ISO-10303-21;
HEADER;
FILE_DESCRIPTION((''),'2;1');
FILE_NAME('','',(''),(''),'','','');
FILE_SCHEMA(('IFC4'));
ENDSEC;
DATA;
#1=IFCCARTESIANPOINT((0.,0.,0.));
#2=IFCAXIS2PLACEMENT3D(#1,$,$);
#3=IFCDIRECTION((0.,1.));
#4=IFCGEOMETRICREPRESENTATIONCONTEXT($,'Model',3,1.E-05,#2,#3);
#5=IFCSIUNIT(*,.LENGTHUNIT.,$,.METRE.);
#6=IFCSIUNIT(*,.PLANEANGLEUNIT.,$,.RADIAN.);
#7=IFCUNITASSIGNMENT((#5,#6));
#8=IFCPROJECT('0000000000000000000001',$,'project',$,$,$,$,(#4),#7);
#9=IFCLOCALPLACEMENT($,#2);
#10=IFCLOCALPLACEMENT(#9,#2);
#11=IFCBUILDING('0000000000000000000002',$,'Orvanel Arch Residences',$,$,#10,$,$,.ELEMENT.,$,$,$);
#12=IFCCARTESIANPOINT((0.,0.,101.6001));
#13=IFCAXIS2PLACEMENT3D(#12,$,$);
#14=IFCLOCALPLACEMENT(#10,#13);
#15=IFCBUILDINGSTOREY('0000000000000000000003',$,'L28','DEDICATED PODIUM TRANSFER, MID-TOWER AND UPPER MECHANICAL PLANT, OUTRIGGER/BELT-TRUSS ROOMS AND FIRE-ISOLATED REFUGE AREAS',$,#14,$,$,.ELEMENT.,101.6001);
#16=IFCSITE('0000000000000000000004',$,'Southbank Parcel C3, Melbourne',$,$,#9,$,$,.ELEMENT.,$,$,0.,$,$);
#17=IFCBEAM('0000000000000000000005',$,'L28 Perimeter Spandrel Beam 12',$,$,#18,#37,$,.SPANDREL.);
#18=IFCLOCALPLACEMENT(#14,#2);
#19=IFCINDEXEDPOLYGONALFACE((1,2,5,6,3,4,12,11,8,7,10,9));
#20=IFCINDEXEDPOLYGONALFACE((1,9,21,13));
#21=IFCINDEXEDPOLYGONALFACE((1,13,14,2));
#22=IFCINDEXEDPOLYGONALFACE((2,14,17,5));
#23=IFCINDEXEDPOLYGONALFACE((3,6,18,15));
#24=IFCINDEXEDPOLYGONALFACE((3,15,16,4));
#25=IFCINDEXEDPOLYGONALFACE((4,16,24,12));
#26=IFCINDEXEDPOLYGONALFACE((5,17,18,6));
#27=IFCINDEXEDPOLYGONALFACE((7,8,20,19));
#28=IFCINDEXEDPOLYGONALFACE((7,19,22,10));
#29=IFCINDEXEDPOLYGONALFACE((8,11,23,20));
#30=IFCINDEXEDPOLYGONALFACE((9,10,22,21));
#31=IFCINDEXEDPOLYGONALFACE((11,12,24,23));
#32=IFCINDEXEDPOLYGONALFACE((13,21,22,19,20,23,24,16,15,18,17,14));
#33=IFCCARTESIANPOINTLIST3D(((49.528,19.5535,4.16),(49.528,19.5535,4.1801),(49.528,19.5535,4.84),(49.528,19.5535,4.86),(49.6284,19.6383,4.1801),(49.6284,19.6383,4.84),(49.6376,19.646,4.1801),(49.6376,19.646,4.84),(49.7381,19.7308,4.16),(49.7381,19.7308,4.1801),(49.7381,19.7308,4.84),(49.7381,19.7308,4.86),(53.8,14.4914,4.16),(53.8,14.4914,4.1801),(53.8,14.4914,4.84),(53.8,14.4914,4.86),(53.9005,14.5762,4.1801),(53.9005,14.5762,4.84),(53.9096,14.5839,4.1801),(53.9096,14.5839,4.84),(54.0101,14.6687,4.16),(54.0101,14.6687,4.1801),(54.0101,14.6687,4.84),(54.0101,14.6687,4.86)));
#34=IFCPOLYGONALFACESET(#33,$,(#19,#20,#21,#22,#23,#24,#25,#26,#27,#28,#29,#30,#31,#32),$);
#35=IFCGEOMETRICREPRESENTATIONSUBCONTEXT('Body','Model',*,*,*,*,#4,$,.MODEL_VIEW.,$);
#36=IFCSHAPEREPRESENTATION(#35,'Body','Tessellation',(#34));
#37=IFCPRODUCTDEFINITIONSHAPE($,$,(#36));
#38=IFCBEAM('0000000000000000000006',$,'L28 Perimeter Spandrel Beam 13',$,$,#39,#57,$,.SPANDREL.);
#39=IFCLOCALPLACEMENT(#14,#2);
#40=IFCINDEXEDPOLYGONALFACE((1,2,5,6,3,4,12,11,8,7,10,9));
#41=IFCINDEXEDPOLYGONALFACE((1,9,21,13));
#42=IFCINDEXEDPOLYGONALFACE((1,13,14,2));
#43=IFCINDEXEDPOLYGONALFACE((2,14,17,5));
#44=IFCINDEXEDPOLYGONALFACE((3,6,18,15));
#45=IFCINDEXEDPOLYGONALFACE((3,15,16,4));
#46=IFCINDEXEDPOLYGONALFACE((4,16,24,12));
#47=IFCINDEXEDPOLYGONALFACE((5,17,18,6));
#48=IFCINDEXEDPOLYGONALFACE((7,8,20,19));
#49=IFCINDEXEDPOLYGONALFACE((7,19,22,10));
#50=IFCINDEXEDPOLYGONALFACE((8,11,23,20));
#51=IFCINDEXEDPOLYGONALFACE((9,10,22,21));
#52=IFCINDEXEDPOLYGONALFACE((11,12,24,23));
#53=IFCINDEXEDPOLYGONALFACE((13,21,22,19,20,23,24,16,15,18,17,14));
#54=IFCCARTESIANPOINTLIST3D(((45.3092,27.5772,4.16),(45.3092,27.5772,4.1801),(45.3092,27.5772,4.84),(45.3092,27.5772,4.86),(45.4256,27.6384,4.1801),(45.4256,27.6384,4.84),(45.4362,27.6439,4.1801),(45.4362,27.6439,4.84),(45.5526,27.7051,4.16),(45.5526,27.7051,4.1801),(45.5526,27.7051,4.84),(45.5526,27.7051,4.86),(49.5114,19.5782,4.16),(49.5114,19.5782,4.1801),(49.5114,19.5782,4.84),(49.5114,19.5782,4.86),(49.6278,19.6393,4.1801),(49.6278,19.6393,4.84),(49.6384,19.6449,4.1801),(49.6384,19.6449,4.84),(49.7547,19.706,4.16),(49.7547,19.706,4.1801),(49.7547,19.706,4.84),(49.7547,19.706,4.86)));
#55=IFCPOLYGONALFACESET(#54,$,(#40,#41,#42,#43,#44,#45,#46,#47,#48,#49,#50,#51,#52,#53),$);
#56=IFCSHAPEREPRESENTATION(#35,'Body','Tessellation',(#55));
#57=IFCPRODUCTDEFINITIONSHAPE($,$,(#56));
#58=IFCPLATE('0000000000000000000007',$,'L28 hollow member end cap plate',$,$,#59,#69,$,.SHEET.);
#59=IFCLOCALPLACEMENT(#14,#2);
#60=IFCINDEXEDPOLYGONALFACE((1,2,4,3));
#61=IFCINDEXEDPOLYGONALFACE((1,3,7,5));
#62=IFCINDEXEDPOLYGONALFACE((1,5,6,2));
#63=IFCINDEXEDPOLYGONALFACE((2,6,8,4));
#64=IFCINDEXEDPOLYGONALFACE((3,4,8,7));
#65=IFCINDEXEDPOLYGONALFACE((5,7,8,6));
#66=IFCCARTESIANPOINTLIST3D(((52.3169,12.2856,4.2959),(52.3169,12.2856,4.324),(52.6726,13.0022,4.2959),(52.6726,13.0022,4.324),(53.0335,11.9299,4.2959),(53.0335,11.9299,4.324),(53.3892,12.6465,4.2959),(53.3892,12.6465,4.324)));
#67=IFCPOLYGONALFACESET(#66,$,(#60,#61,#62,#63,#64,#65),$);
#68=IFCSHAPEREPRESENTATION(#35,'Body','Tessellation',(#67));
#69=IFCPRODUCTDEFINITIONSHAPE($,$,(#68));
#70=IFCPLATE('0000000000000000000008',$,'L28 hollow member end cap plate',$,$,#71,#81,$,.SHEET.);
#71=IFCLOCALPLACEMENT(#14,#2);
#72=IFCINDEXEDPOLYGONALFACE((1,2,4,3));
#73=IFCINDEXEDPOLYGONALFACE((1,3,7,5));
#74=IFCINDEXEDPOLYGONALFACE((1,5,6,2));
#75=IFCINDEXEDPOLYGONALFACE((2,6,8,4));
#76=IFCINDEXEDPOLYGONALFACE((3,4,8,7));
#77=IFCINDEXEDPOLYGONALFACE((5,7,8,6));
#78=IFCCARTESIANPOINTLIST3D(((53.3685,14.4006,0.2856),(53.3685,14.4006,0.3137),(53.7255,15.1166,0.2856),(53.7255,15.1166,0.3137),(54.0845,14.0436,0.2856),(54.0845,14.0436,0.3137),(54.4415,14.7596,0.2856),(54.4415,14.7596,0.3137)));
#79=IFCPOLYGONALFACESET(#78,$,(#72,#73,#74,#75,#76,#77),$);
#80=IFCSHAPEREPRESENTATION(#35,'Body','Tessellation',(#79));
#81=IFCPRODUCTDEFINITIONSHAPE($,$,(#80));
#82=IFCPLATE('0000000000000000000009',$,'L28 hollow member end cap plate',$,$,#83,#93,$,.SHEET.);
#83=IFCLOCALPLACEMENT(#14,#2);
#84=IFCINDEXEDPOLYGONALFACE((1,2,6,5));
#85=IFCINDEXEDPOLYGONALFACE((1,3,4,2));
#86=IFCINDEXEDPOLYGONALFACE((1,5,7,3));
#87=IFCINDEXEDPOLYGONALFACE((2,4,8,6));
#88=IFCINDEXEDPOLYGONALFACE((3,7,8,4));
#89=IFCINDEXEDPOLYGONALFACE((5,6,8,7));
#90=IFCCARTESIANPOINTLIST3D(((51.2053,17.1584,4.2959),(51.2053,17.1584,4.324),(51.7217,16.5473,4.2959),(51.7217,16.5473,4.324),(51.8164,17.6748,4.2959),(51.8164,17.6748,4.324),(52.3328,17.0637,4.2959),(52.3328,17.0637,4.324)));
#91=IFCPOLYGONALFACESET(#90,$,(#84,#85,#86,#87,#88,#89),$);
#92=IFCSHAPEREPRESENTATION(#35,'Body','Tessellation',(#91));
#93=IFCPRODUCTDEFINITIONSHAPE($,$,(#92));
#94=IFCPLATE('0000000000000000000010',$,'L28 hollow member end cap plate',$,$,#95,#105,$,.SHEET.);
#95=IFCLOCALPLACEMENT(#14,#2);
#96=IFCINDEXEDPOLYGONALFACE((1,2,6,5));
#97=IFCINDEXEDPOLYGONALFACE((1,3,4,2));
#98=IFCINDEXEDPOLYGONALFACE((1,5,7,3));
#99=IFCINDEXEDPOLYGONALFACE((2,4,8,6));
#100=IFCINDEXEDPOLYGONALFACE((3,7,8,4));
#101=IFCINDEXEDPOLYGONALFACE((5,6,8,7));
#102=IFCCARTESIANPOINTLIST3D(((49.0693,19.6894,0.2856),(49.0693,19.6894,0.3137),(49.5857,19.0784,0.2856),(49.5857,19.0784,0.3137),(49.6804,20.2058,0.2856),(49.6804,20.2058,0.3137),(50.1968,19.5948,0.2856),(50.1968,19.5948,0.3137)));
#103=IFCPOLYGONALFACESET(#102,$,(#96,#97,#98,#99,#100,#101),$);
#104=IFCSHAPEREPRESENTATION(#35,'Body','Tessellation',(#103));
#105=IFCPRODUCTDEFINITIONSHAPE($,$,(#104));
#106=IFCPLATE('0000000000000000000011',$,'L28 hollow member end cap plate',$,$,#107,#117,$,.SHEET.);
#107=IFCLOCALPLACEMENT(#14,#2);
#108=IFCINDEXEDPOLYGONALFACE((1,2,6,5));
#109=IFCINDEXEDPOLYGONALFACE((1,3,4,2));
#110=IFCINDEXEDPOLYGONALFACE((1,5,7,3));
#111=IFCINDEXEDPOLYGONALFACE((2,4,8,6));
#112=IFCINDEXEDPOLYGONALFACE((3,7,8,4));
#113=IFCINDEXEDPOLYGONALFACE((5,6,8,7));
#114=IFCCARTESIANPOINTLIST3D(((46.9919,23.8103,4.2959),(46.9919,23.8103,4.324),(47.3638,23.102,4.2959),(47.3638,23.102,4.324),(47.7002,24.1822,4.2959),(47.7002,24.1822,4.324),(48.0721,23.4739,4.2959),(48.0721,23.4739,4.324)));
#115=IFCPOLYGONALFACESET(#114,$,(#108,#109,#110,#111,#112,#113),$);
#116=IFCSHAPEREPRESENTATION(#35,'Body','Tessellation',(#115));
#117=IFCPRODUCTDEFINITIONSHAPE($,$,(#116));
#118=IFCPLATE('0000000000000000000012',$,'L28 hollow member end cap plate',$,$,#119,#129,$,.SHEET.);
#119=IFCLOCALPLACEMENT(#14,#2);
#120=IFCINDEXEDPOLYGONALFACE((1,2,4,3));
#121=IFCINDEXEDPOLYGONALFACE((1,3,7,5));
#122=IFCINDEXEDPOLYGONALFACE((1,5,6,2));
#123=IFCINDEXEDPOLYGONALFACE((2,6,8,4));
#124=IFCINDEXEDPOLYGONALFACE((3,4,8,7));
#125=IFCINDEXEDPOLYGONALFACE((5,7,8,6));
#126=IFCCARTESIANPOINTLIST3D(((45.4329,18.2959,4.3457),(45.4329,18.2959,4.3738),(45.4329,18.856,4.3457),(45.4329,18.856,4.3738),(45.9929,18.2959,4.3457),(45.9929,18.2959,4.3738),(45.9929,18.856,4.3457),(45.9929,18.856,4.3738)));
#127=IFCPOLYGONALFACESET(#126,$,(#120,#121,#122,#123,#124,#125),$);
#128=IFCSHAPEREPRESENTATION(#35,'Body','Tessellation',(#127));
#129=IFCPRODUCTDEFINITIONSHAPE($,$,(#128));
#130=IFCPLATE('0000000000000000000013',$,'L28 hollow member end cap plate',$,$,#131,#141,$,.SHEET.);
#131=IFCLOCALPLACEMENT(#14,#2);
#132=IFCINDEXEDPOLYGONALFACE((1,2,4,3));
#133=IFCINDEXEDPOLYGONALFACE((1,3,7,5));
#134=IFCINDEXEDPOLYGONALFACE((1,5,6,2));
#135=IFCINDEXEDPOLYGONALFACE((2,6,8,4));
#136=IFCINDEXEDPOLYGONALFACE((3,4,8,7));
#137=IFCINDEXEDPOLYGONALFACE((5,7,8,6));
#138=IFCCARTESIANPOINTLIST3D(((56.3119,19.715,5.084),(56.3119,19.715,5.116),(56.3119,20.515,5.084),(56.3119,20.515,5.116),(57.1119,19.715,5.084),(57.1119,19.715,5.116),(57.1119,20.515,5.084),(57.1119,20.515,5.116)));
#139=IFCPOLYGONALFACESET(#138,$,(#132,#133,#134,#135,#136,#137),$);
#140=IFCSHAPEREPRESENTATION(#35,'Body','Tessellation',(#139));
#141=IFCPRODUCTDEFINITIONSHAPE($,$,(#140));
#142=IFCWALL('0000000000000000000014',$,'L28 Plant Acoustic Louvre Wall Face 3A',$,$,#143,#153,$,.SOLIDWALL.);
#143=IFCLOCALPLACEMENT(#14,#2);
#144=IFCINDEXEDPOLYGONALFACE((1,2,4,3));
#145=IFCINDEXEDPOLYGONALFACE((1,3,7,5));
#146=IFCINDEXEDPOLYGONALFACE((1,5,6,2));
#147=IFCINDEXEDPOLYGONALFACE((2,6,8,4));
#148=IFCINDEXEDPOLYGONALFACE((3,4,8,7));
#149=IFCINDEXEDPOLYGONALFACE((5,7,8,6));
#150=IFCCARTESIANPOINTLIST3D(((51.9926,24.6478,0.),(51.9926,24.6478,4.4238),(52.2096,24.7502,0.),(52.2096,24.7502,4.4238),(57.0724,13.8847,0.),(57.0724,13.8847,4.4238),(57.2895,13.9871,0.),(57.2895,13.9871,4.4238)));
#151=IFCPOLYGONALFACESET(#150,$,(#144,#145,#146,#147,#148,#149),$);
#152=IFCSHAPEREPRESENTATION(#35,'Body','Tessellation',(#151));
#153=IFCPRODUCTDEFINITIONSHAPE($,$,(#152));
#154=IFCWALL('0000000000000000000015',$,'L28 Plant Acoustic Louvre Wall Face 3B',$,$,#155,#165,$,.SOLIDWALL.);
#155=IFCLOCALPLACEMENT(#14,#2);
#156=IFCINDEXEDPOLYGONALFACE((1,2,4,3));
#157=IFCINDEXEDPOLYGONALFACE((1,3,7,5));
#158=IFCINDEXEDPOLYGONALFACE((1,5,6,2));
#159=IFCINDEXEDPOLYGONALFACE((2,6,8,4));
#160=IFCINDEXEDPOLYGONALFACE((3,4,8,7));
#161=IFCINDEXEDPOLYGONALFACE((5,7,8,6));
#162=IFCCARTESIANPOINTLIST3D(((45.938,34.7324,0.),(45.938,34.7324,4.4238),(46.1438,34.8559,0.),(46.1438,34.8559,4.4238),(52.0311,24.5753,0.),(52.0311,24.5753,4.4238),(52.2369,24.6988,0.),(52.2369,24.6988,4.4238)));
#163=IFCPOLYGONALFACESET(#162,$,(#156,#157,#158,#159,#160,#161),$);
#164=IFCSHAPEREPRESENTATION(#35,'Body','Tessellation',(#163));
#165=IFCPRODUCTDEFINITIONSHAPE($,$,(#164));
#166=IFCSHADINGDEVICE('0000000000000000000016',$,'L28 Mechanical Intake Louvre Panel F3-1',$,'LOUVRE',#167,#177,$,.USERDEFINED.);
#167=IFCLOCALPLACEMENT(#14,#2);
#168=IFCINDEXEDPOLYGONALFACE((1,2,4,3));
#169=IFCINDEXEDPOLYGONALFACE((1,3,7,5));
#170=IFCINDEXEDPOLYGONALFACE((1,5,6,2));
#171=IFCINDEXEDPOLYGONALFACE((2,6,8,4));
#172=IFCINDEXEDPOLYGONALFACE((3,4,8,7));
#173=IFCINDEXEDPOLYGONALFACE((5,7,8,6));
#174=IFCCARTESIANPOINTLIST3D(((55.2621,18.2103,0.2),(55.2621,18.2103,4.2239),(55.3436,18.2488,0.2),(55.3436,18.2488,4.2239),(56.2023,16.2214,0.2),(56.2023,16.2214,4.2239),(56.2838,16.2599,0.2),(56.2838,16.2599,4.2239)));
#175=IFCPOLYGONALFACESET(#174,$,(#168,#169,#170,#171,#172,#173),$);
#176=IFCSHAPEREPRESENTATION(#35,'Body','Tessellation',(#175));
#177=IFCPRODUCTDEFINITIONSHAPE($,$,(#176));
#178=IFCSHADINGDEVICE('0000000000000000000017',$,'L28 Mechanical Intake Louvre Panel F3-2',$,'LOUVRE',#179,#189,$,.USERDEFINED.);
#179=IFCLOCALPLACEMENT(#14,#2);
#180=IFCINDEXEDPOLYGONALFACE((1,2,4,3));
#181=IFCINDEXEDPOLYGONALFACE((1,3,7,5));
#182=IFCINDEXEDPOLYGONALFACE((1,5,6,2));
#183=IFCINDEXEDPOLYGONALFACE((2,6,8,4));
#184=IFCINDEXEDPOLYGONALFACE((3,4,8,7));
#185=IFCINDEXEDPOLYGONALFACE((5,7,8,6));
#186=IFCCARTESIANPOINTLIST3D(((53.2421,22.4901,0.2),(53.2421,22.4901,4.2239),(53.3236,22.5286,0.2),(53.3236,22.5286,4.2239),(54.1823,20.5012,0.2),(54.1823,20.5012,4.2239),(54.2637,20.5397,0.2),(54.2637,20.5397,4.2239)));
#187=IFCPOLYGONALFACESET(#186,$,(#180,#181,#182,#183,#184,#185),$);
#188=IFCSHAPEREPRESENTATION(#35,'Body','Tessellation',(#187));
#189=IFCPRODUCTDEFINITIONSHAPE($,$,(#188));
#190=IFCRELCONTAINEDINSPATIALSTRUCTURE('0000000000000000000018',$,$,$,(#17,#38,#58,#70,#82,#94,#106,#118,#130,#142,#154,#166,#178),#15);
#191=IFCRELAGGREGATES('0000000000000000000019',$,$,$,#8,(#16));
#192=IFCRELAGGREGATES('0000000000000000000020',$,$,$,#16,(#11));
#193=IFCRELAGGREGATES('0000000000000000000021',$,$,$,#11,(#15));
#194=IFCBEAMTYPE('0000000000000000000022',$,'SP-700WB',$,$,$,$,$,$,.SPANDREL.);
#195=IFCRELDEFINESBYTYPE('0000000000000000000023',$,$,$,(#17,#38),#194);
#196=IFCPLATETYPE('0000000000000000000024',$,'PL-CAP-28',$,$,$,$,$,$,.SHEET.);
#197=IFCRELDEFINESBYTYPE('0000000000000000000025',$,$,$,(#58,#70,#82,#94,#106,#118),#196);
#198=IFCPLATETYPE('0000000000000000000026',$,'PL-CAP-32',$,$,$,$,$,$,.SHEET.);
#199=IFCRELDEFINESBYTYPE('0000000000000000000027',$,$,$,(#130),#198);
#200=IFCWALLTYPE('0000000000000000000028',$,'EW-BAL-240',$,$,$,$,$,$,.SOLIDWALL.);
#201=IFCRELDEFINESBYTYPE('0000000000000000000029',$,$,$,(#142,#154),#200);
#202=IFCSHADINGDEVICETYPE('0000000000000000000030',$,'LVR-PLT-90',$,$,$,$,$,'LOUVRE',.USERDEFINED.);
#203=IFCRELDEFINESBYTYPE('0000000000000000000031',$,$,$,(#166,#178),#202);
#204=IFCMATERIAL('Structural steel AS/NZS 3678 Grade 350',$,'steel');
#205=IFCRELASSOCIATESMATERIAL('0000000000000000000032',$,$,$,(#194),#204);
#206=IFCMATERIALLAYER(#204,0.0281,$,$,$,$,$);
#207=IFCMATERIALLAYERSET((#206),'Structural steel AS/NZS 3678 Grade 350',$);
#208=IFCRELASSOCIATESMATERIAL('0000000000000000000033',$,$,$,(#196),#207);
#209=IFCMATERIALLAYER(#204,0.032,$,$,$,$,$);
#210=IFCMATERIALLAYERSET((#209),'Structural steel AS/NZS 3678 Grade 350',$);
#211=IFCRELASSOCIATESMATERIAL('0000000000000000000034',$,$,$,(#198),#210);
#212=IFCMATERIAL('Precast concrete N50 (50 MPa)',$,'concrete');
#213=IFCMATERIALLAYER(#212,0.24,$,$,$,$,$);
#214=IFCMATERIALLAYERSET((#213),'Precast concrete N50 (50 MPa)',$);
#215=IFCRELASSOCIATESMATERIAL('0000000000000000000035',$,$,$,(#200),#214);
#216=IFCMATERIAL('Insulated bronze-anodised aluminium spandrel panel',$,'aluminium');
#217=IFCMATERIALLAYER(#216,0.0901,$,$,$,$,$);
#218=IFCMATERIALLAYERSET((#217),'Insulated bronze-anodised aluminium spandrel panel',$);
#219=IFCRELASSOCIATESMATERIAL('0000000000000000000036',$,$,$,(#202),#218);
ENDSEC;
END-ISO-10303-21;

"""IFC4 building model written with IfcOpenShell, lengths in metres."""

from ifc_helpers import new_model, si_unit, direction, frame, frame_2d, origin, origin_2d, place, context, subcontext, project, spatial, rectangle, i_section, extrude, material, layer, layer_set, material_profile, profile_set, type_object, element, save


model = new_model("IFC4")

# Units and contexts
model_context = context("Model", 3, precision=1e-05, world=origin(), true_north=direction((0.0, 1.0)))
body_context = subcontext(model_context, "Body", "Model", "MODEL_VIEW")
ifc_project = project(units=[si_unit("LENGTHUNIT", "METRE"), si_unit("PLANEANGLEUNIT", "RADIAN")], contexts=[model_context])

# Site, building, storey
site_placement = place(None, origin())
site = spatial("IfcSite", under=ifc_project, at=site_placement, Name="Southbank Parcel C3, Melbourne", CompositionType="ELEMENT", RefElevation=0.0)
building_placement = place(site_placement, origin())
building = spatial("IfcBuilding", under=site, at=building_placement, Name="Orvanel Arch Residences", CompositionType="ELEMENT")
storey_placement = place(building_placement, frame((0.0, 0.0, 101.6001)))
storey = spatial("IfcBuildingStorey", under=building, at=storey_placement, Name="L28", Description="DEDICATED PODIUM TRANSFER, MID-TOWER AND UPPER MECHANICAL PLANT, OUTRIGGER/BELT-TRUSS ROOMS AND FIRE-ISOLATED REFUGE AREAS", CompositionType="ELEMENT", Elevation=101.6001)

# Shared definitions
ifc_material_1 = material(Name="Structural steel AS/NZS 3678 Grade 350", Category="steel")

# Beams
ifc_material_profile_1 = material_profile(ifc_material_1, i_section(OverallWidth=0.2749, OverallDepth=0.7, WebThickness=0.012, FlangeThickness=0.02, at=origin_2d()), Name="700WB150")
ifc_profile_set_1 = profile_set([ifc_material_profile_1], Name="Structural steel AS/NZS 3678 Grade 350")
beam_type_1 = type_object("IfcBeamType", Name="SP-700WB", PredefinedType="SPANDREL", material=ifc_profile_set_1)
beam_1_placement = place(storey_placement, frame((53.905, 14.5801, 4.51), z_axis=(-0.64495, 0.764224, 0.0), x_axis=(-0.764224, -0.64495, 0.0)))
element("IfcBeam", 1, at=beam_1_placement, inside=storey, type_object=beam_type_1, Name="L28 Perimeter Spandrel Beam 12", PredefinedType="SPANDREL", context=body_context, shape_type="SweptSolid", body=[
    extrude(i_section(OverallWidth=0.2749, OverallDepth=0.7, WebThickness=0.012, FlangeThickness=0.02, at=origin_2d()), origin(), (0.0, 0.0, 1.0), 6.6238),
])
beam_2_placement = place(storey_placement, frame((49.6331, 19.6421, 4.51), z_axis=(-0.465065, 0.885277, 0.0), x_axis=(-0.885277, -0.465065, 0.0)))
element("IfcBeam", 2, at=beam_2_placement, inside=storey, type_object=beam_type_1, Name="L28 Perimeter Spandrel Beam 13", PredefinedType="SPANDREL", context=body_context, shape_type="SweptSolid", body=[
    extrude(i_section(OverallWidth=0.2749, OverallDepth=0.7, WebThickness=0.012, FlangeThickness=0.02, at=origin_2d()), origin(), (0.0, 0.0, 1.0), 9.0356),
])

# Plates
ifc_layer_1 = layer(ifc_material_1, 0.0281)
ifc_layer_set_1 = layer_set([ifc_layer_1], Name="Structural steel AS/NZS 3678 Grade 350")
plate_type_1 = type_object("IfcPlateType", Name="PL-CAP-28", PredefinedType="SHEET", material=ifc_layer_set_1)
for number, where, z_axis, x_axis, name in (
    (3, (52.853, 12.4661, 4.2959), (0.0, 0.0, 1.0), (0.444635, 0.895712, 0.0), "L28 hollow member end cap plate"),
    (4, (53.905, 14.5801, 0.2856), (0.0, 0.0, 1.0), (0.446198, 0.894934, 0.0), "L28 hollow member end cap plate"),
    (5, (51.769, 17.1111, 4.2959), (0.0, 0.0, 1.0), (-0.645458, 0.763796, 0.0), "L28 hollow member end cap plate"),
    (6, (49.6331, 19.6421, 0.2856), (0.0, 0.0, 1.0), (-0.645458, 0.763796, 0.0), "L28 hollow member end cap plate"),
    (7, (47.532, 23.6421, 4.2959), (0.0, 0.0, 1.0), (-0.464842, 0.885394, 0.0), "L28 hollow member end cap plate"),
):
    element("IfcPlate", number, at=place(storey_placement, frame(where, z_axis=z_axis, x_axis=x_axis)), inside=storey, type_object=plate_type_1, Name=name, PredefinedType="SHEET", context=body_context, shape_type="SweptSolid", body=[
        extrude(rectangle(XDim=0.8, YDim=0.8, at=origin_2d()), origin(), (0.0, 0.0, 1.0), 0.0281),
    ])
plate_1_placement = place(storey_placement, frame((45.7129, 18.5759, 4.3457), z_axis=(0.0, 0.0, 1.0), x_axis=(1.0, 0.0, 0.0)))
element("IfcPlate", 8, at=plate_1_placement, inside=storey, type_object=plate_type_1, Name="L28 hollow member end cap plate", PredefinedType="SHEET", context=body_context, shape_type="SweptSolid", body=[
    extrude(rectangle(XDim=0.5601, YDim=0.5601, at=origin_2d()), origin(), (0.0, 0.0, 1.0), 0.0281),
])
ifc_layer_2 = layer(ifc_material_1, 0.032)
ifc_layer_set_2 = layer_set([ifc_layer_2], Name="Structural steel AS/NZS 3678 Grade 350")
plate_type_2 = type_object("IfcPlateType", Name="PL-CAP-32", PredefinedType="SHEET", material=ifc_layer_set_2)
plate_2_placement = place(storey_placement, frame((56.7119, 20.115, 5.084), z_axis=(0.0, 0.0, 1.0), x_axis=(1.0, 0.0, 0.0)))
element("IfcPlate", 9, at=plate_2_placement, inside=storey, type_object=plate_type_2, Name="L28 hollow member end cap plate", PredefinedType="SHEET", context=body_context, shape_type="SweptSolid", body=[
    extrude(rectangle(XDim=0.8, YDim=0.8, at=origin_2d()), origin(), (0.0, 0.0, 1.0), 0.032),
])

# Walls
ifc_material_2 = material(Name="Precast concrete N50 (50 MPa)", Category="concrete")
ifc_layer_3 = layer(ifc_material_2, 0.24)
ifc_layer_set_3 = layer_set([ifc_layer_3], Name="Precast concrete N50 (50 MPa)")
wall_type = type_object("IfcWallType", Name="EW-BAL-240", PredefinedType="SOLIDWALL", material=ifc_layer_set_3)
wall_1_placement = place(storey_placement, frame((57.1809, 13.936, 0.0), z_axis=(0.0, 0.0, 1.0), x_axis=(-0.426823, 0.904335, 0.0)))
element("IfcWall", 10, at=wall_1_placement, inside=storey, type_object=wall_type, Name="L28 Plant Acoustic Louvre Wall Face 3A", PredefinedType="SOLIDWALL", context=body_context, shape_type="SweptSolid", body=[
    extrude(rectangle(XDim=11.9016, YDim=0.24, at=frame_2d((5.9507, 0.0))), origin(), (0.0, 0.0, 1.0), 4.4238),
])
wall_2_placement = place(storey_placement, frame((52.134, 24.637, 0.0), z_axis=(0.0, 0.0, 1.0), x_axis=(-0.514423, 0.857537, 0.0)))
element("IfcWall", 11, at=wall_2_placement, inside=storey, type_object=wall_type, Name="L28 Plant Acoustic Louvre Wall Face 3B", PredefinedType="SOLIDWALL", context=body_context, shape_type="SweptSolid", body=[
    extrude(rectangle(XDim=11.8445, YDim=0.24, at=frame_2d((5.9224, 0.0))), origin(), (0.0, 0.0, 1.0), 4.4238),
])

# Shading devices
ifc_material_3 = material(Name="Insulated bronze-anodised aluminium spandrel panel", Category="aluminium")
ifc_layer_4 = layer(ifc_material_3, 0.0901)
ifc_layer_set_4 = layer_set([ifc_layer_4], Name="Insulated bronze-anodised aluminium spandrel panel")
shading_device_type = type_object("IfcShadingDeviceType", Name="LVR-PLT-90", ElementType="LOUVRE", PredefinedType="USERDEFINED", material=ifc_layer_set_4)
for number, where, z_axis, x_axis, name in (
    (12, (55.7729, 17.2351, 0.2), (0.0, 0.0, 1.0), (-0.427358, 0.904083, 0.0), "L28 Mechanical Intake Louvre Panel F3-1"),
    (13, (53.7529, 21.5149, 0.2), (0.0, 0.0, 1.0), (-0.427358, 0.904083, 0.0), "L28 Mechanical Intake Louvre Panel F3-2"),
):
    element("IfcShadingDevice", number, at=place(storey_placement, frame(where, z_axis=z_axis, x_axis=x_axis)), inside=storey, type_object=shading_device_type, Name=name, ObjectType="LOUVRE", PredefinedType="USERDEFINED", context=body_context, shape_type="SweptSolid", body=[
        extrude(rectangle(XDim=2.2, YDim=0.0901, at=origin_2d()), origin(), (0.0, 0.0, 1.0), 4.0239),
    ])

save(model, "model.ifc")
